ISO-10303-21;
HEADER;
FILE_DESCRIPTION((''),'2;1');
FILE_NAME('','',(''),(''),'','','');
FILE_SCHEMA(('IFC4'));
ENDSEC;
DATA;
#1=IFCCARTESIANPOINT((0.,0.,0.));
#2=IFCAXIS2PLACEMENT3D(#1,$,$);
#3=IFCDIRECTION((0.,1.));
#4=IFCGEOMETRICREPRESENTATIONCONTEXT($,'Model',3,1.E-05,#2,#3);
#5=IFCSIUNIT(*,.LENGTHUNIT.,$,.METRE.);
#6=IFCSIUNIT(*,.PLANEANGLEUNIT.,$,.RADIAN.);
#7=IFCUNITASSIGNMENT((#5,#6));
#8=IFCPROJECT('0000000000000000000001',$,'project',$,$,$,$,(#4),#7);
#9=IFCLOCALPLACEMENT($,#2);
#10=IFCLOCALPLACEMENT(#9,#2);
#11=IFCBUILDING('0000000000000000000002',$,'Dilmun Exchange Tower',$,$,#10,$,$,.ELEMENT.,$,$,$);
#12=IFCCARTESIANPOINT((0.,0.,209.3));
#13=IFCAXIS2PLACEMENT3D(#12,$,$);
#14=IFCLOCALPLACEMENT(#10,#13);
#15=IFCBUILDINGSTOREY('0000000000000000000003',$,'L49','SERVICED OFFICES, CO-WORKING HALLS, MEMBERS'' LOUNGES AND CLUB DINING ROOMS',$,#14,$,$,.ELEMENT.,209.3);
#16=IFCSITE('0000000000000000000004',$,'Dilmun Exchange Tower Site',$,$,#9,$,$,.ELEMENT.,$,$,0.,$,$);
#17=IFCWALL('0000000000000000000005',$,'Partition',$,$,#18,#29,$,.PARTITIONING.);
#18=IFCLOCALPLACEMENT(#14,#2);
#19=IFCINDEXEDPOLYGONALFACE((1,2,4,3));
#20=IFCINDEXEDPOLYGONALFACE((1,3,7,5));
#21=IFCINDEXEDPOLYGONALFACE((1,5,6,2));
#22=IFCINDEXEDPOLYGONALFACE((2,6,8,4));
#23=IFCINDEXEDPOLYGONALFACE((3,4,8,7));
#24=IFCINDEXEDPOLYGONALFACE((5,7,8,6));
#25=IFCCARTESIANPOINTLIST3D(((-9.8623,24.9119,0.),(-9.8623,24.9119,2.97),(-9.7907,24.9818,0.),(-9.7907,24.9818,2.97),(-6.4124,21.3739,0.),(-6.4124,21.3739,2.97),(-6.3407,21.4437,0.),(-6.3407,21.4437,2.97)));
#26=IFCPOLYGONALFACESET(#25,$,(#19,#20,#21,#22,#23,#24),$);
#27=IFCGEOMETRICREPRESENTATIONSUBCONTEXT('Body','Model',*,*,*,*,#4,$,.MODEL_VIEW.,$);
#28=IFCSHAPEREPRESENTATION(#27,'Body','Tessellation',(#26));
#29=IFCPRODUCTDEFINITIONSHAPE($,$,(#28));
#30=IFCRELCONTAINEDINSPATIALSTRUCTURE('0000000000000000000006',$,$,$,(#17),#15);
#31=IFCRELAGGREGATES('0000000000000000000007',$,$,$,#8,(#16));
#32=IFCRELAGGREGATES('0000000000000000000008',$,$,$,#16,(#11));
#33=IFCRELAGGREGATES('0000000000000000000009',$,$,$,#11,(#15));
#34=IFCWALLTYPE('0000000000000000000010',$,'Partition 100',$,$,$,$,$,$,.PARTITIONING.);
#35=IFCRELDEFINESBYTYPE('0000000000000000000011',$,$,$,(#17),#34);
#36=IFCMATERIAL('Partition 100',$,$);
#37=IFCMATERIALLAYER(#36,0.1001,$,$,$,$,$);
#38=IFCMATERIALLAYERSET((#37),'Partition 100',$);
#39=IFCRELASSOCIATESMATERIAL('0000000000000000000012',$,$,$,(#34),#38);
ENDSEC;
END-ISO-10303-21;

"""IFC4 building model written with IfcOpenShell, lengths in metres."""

from ifc_helpers import new_model, si_unit, direction, frame, frame_2d, origin, place, context, subcontext, project, spatial, rectangle, extrude, material, layer, layer_set, type_object, element, save


model = new_model("IFC4")

# Units and contexts
model_context = context("Model", 3, precision=1e-05, world=origin(), true_north=direction((0.0, 1.0)))
body_context = subcontext(model_context, "Body", "Model", "MODEL_VIEW")
ifc_project = project(units=[si_unit("LENGTHUNIT", "METRE"), si_unit("PLANEANGLEUNIT", "RADIAN")], contexts=[model_context])

# Site, building, storey
site_placement = place(None, origin())
site = spatial("IfcSite", under=ifc_project, at=site_placement, Name="Dilmun Exchange Tower Site", CompositionType="ELEMENT", RefElevation=0.0)
building_placement = place(site_placement, origin())
building = spatial("IfcBuilding", under=site, at=building_placement, Name="Dilmun Exchange Tower", CompositionType="ELEMENT")
storey_placement = place(building_placement, frame((0.0, 0.0, 209.3)))
storey = spatial("IfcBuildingStorey", under=building, at=storey_placement, Name="L49", Description="SERVICED OFFICES, CO-WORKING HALLS, MEMBERS' LOUNGES AND CLUB DINING ROOMS", CompositionType="ELEMENT", Elevation=209.3)

# Wall
ifc_material_1 = material(Name="Partition 100")
ifc_layer_1 = layer(ifc_material_1, 0.1001)
ifc_layer_set_1 = layer_set([ifc_layer_1], Name="Partition 100")
wall_type_1 = type_object("IfcWallType", Name="Partition 100", PredefinedType="PARTITIONING", material=ifc_layer_set_1)
wall_1_placement = place(storey_placement, frame((-9.8264, 24.9468, 0.0), z_axis=(0.0, 0.0, 1.0), x_axis=(0.698133, -0.715968, 0.0)))
element("IfcWall", 1, at=wall_1_placement, inside=storey, type_object=wall_type_1, Name="Partition", PredefinedType="PARTITIONING", context=body_context, shape_type="SweptSolid", body=[
    extrude(rectangle(XDim=4.9417, YDim=0.1001, at=frame_2d((2.4707, 0.0))), origin(), (0.0, 0.0, 1.0), 2.97),
])

save(model, "model.ifc")
